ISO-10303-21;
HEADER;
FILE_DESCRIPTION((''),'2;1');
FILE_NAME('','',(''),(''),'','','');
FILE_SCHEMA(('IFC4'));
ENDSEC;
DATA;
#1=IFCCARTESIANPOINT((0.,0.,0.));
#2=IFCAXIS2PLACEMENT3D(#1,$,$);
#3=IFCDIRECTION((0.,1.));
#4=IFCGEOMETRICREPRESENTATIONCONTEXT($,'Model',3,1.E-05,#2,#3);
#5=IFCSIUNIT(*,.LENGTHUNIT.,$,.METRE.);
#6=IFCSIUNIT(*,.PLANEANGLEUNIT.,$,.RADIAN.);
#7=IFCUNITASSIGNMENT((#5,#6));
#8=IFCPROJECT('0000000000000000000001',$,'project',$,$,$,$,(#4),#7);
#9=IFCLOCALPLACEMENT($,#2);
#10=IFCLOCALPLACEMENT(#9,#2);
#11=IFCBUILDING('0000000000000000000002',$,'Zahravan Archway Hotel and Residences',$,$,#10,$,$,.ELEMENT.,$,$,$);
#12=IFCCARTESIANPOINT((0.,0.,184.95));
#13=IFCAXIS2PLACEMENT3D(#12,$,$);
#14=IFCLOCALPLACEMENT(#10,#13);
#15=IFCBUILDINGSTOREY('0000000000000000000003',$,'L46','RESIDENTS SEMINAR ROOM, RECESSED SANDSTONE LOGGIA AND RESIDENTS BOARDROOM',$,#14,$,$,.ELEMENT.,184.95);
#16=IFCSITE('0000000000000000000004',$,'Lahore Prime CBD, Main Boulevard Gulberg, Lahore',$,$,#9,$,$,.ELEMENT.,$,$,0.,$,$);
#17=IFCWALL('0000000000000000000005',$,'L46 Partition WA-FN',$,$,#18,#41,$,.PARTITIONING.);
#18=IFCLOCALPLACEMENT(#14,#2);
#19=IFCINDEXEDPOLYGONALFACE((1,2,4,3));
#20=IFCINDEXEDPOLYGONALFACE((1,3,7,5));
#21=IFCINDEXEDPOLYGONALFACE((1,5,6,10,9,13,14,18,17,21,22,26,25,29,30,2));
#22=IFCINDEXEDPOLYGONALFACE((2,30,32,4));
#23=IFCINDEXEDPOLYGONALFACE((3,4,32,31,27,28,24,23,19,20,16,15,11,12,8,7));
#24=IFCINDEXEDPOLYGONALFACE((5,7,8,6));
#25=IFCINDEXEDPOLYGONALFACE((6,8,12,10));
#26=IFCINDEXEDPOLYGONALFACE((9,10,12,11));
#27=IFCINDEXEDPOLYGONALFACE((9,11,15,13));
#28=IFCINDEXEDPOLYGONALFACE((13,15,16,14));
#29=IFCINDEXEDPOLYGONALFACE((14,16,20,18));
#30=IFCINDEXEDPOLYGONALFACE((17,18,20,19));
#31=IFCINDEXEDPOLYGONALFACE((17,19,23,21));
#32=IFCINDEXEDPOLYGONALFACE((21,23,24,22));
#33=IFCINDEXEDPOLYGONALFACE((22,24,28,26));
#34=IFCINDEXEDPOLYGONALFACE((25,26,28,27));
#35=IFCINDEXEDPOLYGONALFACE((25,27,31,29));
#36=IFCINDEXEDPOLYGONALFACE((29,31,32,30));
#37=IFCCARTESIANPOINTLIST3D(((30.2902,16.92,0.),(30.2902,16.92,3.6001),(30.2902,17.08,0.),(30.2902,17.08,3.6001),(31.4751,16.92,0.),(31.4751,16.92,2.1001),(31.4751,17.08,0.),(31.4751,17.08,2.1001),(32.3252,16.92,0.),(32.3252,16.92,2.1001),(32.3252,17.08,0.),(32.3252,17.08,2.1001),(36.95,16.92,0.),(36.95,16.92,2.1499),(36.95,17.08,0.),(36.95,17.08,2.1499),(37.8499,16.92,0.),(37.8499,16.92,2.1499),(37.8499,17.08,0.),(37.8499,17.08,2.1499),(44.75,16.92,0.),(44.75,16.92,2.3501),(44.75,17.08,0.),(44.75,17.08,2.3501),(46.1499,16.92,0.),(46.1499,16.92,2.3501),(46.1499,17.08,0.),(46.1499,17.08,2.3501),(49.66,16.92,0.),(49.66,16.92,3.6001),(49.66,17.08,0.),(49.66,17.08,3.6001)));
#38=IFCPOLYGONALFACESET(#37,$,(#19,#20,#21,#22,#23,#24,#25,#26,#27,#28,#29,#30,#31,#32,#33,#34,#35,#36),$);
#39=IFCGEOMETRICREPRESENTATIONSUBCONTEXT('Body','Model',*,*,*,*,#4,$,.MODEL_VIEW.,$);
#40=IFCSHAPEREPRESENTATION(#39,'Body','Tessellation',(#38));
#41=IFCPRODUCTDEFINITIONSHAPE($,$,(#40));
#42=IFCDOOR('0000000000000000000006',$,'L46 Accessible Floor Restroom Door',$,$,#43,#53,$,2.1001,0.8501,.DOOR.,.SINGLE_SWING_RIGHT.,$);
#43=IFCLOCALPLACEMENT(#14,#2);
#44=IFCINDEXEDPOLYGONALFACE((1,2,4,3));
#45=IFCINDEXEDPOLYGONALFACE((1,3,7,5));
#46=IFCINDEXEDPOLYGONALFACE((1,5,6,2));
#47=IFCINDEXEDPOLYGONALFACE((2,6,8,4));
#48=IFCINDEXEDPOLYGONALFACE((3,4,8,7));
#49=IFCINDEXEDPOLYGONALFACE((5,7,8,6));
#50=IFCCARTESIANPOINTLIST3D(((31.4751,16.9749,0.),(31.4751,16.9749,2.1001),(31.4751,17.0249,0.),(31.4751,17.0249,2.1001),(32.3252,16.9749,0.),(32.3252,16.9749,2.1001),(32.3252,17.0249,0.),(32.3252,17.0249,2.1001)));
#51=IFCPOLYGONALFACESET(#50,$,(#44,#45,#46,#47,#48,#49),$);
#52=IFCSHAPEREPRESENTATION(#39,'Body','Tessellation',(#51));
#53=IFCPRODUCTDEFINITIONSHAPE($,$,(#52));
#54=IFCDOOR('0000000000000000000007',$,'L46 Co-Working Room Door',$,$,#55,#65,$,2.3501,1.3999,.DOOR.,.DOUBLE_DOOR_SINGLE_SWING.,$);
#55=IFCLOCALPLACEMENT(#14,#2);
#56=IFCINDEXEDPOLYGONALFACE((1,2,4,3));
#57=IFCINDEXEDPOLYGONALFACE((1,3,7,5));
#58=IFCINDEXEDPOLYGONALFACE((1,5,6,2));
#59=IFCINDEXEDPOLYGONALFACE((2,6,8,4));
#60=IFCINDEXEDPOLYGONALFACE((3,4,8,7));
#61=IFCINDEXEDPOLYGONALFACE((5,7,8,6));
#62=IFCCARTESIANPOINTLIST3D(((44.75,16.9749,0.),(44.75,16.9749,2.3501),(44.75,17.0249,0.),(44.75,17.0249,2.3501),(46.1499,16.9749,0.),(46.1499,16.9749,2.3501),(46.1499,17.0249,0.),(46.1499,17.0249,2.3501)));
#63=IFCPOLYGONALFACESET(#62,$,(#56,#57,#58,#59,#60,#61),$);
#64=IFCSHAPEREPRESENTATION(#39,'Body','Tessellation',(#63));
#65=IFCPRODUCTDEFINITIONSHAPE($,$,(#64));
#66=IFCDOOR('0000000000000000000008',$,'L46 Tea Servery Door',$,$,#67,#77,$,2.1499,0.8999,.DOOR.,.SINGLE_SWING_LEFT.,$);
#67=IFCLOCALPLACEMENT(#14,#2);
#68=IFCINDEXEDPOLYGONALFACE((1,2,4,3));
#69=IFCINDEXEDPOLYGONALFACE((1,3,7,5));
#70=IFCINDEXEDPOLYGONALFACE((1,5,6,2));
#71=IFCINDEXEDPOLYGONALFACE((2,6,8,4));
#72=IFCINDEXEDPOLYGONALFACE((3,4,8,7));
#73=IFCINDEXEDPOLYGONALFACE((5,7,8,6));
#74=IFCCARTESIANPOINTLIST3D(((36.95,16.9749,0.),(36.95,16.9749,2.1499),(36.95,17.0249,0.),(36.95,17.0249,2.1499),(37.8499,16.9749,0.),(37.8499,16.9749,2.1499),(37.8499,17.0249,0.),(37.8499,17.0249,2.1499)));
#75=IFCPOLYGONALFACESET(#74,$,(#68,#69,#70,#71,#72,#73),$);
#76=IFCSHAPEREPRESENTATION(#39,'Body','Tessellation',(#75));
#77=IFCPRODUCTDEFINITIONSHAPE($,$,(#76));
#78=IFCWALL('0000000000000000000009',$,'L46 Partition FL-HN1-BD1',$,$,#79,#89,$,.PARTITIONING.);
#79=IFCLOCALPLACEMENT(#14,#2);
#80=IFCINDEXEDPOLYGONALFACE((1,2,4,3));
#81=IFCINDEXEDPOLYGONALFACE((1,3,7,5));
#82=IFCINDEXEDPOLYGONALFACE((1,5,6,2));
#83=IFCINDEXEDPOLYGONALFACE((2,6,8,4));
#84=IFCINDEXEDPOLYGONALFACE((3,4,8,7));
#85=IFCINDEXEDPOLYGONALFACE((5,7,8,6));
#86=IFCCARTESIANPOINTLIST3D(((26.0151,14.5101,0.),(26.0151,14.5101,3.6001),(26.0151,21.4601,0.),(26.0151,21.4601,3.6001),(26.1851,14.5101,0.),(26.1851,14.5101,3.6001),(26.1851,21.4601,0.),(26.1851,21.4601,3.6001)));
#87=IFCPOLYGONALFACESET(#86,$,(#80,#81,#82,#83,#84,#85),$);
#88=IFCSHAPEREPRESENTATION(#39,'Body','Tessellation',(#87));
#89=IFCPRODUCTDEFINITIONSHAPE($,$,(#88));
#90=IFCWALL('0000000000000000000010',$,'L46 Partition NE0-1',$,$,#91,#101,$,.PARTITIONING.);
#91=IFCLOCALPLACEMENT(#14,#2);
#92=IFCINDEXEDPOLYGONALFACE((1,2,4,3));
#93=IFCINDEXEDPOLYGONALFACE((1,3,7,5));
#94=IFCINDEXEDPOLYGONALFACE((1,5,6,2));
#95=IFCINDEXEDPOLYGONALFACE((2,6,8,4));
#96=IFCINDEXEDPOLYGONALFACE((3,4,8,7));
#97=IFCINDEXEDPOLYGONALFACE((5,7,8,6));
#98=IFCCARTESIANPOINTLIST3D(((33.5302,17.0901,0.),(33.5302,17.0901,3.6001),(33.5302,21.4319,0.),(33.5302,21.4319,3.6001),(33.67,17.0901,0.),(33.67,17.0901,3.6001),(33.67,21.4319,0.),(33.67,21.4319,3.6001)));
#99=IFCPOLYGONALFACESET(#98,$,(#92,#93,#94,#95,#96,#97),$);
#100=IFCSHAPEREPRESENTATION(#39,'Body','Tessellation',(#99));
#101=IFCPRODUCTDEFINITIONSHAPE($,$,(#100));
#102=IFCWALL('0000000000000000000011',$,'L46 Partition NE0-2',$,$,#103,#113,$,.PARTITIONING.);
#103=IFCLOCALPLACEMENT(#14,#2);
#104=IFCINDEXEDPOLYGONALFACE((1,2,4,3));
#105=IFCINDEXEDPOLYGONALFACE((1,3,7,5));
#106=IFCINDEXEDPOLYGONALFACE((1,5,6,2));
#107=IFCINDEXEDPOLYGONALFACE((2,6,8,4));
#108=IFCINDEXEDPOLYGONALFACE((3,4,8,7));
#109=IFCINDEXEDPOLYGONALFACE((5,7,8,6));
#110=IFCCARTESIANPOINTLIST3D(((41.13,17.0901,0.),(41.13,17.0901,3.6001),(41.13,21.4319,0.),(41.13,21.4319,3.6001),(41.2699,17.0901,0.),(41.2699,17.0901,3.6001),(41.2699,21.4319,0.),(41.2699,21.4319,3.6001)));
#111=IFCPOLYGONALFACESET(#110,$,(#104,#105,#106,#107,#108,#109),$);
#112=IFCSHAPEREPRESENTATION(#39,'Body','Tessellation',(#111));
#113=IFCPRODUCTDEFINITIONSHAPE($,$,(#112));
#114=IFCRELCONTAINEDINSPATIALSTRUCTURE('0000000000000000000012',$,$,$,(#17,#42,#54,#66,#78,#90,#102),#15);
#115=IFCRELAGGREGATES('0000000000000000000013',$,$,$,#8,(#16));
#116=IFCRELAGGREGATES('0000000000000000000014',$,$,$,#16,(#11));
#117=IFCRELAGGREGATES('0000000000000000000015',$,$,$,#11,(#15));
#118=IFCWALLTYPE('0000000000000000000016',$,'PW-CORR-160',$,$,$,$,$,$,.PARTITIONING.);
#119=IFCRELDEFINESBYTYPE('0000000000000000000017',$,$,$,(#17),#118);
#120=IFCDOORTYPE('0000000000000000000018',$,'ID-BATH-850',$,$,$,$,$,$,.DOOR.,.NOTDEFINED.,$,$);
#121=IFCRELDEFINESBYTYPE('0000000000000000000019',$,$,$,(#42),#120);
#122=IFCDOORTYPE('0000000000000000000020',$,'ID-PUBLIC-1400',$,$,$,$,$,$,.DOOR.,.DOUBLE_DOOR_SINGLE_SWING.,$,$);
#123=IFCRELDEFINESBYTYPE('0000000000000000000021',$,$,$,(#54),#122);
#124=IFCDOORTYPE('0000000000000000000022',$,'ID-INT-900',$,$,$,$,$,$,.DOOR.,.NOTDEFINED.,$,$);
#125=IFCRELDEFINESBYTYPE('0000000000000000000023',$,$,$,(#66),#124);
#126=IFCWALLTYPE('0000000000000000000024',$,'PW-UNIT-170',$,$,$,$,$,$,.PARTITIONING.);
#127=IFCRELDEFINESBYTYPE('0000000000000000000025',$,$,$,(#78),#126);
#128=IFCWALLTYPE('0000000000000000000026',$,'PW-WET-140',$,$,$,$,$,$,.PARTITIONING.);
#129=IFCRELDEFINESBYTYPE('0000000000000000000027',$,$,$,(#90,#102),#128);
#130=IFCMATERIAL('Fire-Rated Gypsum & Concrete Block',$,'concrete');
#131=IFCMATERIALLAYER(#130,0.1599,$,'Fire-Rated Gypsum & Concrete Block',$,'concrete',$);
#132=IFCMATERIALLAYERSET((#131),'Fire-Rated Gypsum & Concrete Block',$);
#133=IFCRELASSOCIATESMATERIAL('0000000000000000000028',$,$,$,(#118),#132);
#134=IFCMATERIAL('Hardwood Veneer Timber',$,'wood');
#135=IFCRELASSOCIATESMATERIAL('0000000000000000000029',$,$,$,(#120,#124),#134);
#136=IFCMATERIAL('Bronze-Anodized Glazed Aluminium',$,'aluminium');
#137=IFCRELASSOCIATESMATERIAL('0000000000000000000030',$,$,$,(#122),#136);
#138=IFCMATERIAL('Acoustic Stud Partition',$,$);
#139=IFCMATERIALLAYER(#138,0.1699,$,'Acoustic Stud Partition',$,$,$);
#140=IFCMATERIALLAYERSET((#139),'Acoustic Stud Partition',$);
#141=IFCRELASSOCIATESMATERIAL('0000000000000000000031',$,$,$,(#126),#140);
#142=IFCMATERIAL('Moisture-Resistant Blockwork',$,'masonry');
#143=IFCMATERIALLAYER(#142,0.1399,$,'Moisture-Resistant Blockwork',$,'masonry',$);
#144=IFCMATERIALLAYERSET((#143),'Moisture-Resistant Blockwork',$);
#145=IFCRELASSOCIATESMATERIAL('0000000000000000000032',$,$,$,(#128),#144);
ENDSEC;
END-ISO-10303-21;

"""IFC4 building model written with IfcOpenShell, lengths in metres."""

from ifc_helpers import new_model, si_unit, direction, frame, frame_2d, origin, place, context, subcontext, project, spatial, rectangle, extrude, source, transform, mapped, material, layer, layer_set, type_object, type_shapes, element, fill, save


model = new_model("IFC4")

# Units and contexts
model_context = context("Model", 3, precision=1e-05, world=origin(), true_north=direction((0.0, 1.0)))
body_context = subcontext(model_context, "Body", "Model", "MODEL_VIEW")
ifc_project = project(units=[si_unit("LENGTHUNIT", "METRE"), si_unit("PLANEANGLEUNIT", "RADIAN")], contexts=[model_context])

# Site, building, storey
site_placement = place(None, origin())
site = spatial("IfcSite", under=ifc_project, at=site_placement, Name="Lahore Prime CBD, Main Boulevard Gulberg, Lahore", CompositionType="ELEMENT", RefElevation=0.0)
building_placement = place(site_placement, origin())
building = spatial("IfcBuilding", under=site, at=building_placement, Name="Zahravan Archway Hotel and Residences", CompositionType="ELEMENT")
storey_placement = place(building_placement, frame((0.0, 0.0, 184.95)))
storey = spatial("IfcBuildingStorey", under=building, at=storey_placement, Name="L46", Description="RESIDENTS SEMINAR ROOM, RECESSED SANDSTONE LOGGIA AND RESIDENTS BOARDROOM", CompositionType="ELEMENT", Elevation=184.95)

# Shared definitions
ifc_material_1 = material(Name="Bronze-Anodized Glazed Aluminium", Category="aluminium")

# Wall, openings, doors
ifc_material_2 = material(Name="Fire-Rated Gypsum & Concrete Block", Category="concrete")
ifc_layer_1 = layer(ifc_material_2, 0.1599, Name="Fire-Rated Gypsum & Concrete Block", Category="concrete")
ifc_layer_set_1 = layer_set([ifc_layer_1], Name="Fire-Rated Gypsum & Concrete Block")
wall_type_1 = type_object("IfcWallType", Name="PW-CORR-160", PredefinedType="PARTITIONING", material=ifc_layer_set_1)
wall_1_placement = place(storey_placement, frame((30.29, 17.0, 0.0), z_axis=(0.0, 0.0, 1.0), x_axis=(1.0, 0.0, 0.0)))
wall_1 = element("IfcWall", 1, at=wall_1_placement, inside=storey, type_object=wall_type_1, Name="L46 Partition WA-FN", PredefinedType="PARTITIONING", context=body_context, shape_type="SweptSolid", body=[
    extrude(rectangle(XDim=19.3699, YDim=0.1599, at=frame_2d((9.6851, 0.0))), origin(), (0.0, 0.0, 1.0), 3.6001),
])
opening_1_placement = place(wall_1_placement, frame((1.1851, 0.0, 0.0)))
opening_1 = element("IfcOpeningElement", 2, at=opening_1_placement, cuts=wall_1, PredefinedType="OPENING", context=body_context, shape_type="SweptSolid", body=[
    extrude(rectangle(XDim=0.8501, YDim=2.1001, at=frame_2d((0.425, 1.05))), frame((0.0, 0.0898, 0.0), z_axis=(0.0, -1.0, 0.0), x_axis=(1.0, 0.0, 0.0)), (0.0, 0.0, 1.0), 0.1799),
])
opening_2_placement = place(wall_1_placement, frame((6.6599, 0.0, 0.0)))
opening_2 = element("IfcOpeningElement", 3, at=opening_2_placement, cuts=wall_1, PredefinedType="OPENING", context=body_context, shape_type="SweptSolid", body=[
    extrude(rectangle(XDim=0.8999, YDim=2.1499, at=frame_2d((0.45, 1.075))), frame((0.0, 0.0898, 0.0), z_axis=(0.0, -1.0, 0.0), x_axis=(1.0, 0.0, 0.0)), (0.0, 0.0, 1.0), 0.1799),
])
opening_3_placement = place(wall_1_placement, frame((14.46, 0.0, 0.0)))
opening_3 = element("IfcOpeningElement", 4, at=opening_3_placement, cuts=wall_1, PredefinedType="OPENING", context=body_context, shape_type="SweptSolid", body=[
    extrude(rectangle(XDim=1.3999, YDim=2.3501, at=frame_2d((0.7, 1.175))), frame((0.0, 0.0898, 0.0), z_axis=(0.0, -1.0, 0.0), x_axis=(1.0, 0.0, 0.0)), (0.0, 0.0, 1.0), 0.1799),
])
ifc_material_3 = material(Name="Hardwood Veneer Timber", Category="wood")
door_type_1 = type_object("IfcDoorType", Name="ID-BATH-850", OperationType="NOTDEFINED", PredefinedType="DOOR", material=ifc_material_3)
shared_shape_1 = source(origin(), body_context, "Body", "SweptSolid", [
    extrude(rectangle(XDim=0.8501, YDim=2.1001, at=frame_2d((0.425, 1.05))), frame((0.0, 0.0249, 0.0), z_axis=(0.0, -1.0, 0.0), x_axis=(1.0, 0.0, 0.0)), (0.0, 0.0, 1.0), 0.05),
])
type_shapes(door_type_1, [shared_shape_1])
door_1_placement = place(opening_1_placement, origin())
door_1 = element("IfcDoor", 5, at=door_1_placement, inside=storey, type_object=door_type_1, Name="L46 Accessible Floor Restroom Door", OperationType="SINGLE_SWING_RIGHT", OverallHeight=2.1001, OverallWidth=0.8501, PredefinedType="DOOR", context=body_context, shape_type="MappedRepresentation", body=[
    mapped(shared_shape_1, transform((0.0, 0.0, 0.0), scale=1.0)),
])
fill(opening_1, door_1)
door_type_2 = type_object("IfcDoorType", Name="ID-PUBLIC-1400", OperationType="DOUBLE_DOOR_SINGLE_SWING", PredefinedType="DOOR", material=ifc_material_1)
shared_shape_2 = source(origin(), body_context, "Body", "SweptSolid", [
    extrude(rectangle(XDim=1.3999, YDim=2.3501, at=frame_2d((0.7, 1.175))), frame((0.0, 0.0249, 0.0), z_axis=(0.0, -1.0, 0.0), x_axis=(1.0, 0.0, 0.0)), (0.0, 0.0, 1.0), 0.05),
])
type_shapes(door_type_2, [shared_shape_2])
door_2_placement = place(opening_3_placement, origin())
door_2 = element("IfcDoor", 6, at=door_2_placement, inside=storey, type_object=door_type_2, Name="L46 Co-Working Room Door", OperationType="DOUBLE_DOOR_SINGLE_SWING", OverallHeight=2.3501, OverallWidth=1.3999, PredefinedType="DOOR", context=body_context, shape_type="MappedRepresentation", body=[
    mapped(shared_shape_2, transform((0.0, 0.0, 0.0), scale=1.0)),
])
fill(opening_3, door_2)
door_type_3 = type_object("IfcDoorType", Name="ID-INT-900", OperationType="NOTDEFINED", PredefinedType="DOOR", material=ifc_material_3)
shared_shape_3 = source(origin(), body_context, "Body", "SweptSolid", [
    extrude(rectangle(XDim=0.8999, YDim=2.1499, at=frame_2d((0.45, 1.075))), frame((0.0, 0.0249, 0.0), z_axis=(0.0, -1.0, 0.0), x_axis=(1.0, 0.0, 0.0)), (0.0, 0.0, 1.0), 0.05),
])
type_shapes(door_type_3, [shared_shape_3])
door_3_placement = place(opening_2_placement, origin())
door_3 = element("IfcDoor", 7, at=door_3_placement, inside=storey, type_object=door_type_3, Name="L46 Tea Servery Door", OperationType="SINGLE_SWING_LEFT", OverallHeight=2.1499, OverallWidth=0.8999, PredefinedType="DOOR", context=body_context, shape_type="MappedRepresentation", body=[
    mapped(shared_shape_3, transform((0.0, 0.0, 0.0), scale=1.0)),
])
fill(opening_2, door_3)
ifc_material_4 = material(Name="Acoustic Stud Partition")
ifc_layer_2 = layer(ifc_material_4, 0.1699, Name="Acoustic Stud Partition")
ifc_layer_set_2 = layer_set([ifc_layer_2], Name="Acoustic Stud Partition")
wall_type_2 = type_object("IfcWallType", Name="PW-UNIT-170", PredefinedType="PARTITIONING", material=ifc_layer_set_2)

# Walls
wall_2_placement = place(storey_placement, frame((26.1001, 14.51, 0.0), z_axis=(0.0, 0.0, 1.0), x_axis=(0.0, 1.0, 0.0)))
element("IfcWall", 8, at=wall_2_placement, inside=storey, type_object=wall_type_2, Name="L46 Partition FL-HN1-BD1", PredefinedType="PARTITIONING", context=body_context, shape_type="SweptSolid", body=[
    extrude(rectangle(XDim=6.95, YDim=0.1699, at=frame_2d((3.4751, 0.0))), origin(), (0.0, 0.0, 1.0), 3.6001),
])
ifc_material_5 = material(Name="Moisture-Resistant Blockwork", Category="masonry")
ifc_layer_3 = layer(ifc_material_5, 0.1399, Name="Moisture-Resistant Blockwork", Category="masonry")
ifc_layer_set_3 = layer_set([ifc_layer_3], Name="Moisture-Resistant Blockwork")
wall_type_3 = type_object("IfcWallType", Name="PW-WET-140", PredefinedType="PARTITIONING", material=ifc_layer_set_3)
for number, where, z_axis, x_axis, name in (
    (9, (33.6001, 17.0901, 0.0), (0.0, 0.0, 1.0), (0.0, 1.0, 0.0), "L46 Partition NE0-1"),
    (10, (41.2, 17.0901, 0.0), (0.0, 0.0, 1.0), (0.0, 1.0, 0.0), "L46 Partition NE0-2"),
):
    element("IfcWall", number, at=place(storey_placement, frame(where, z_axis=z_axis, x_axis=x_axis)), inside=storey, type_object=wall_type_3, Name=name, PredefinedType="PARTITIONING", context=body_context, shape_type="SweptSolid", body=[
        extrude(rectangle(XDim=4.3418, YDim=0.1399, at=frame_2d((2.1709, 0.0))), origin(), (0.0, 0.0, 1.0), 3.6001),
    ])

save(model, "model.ifc")
